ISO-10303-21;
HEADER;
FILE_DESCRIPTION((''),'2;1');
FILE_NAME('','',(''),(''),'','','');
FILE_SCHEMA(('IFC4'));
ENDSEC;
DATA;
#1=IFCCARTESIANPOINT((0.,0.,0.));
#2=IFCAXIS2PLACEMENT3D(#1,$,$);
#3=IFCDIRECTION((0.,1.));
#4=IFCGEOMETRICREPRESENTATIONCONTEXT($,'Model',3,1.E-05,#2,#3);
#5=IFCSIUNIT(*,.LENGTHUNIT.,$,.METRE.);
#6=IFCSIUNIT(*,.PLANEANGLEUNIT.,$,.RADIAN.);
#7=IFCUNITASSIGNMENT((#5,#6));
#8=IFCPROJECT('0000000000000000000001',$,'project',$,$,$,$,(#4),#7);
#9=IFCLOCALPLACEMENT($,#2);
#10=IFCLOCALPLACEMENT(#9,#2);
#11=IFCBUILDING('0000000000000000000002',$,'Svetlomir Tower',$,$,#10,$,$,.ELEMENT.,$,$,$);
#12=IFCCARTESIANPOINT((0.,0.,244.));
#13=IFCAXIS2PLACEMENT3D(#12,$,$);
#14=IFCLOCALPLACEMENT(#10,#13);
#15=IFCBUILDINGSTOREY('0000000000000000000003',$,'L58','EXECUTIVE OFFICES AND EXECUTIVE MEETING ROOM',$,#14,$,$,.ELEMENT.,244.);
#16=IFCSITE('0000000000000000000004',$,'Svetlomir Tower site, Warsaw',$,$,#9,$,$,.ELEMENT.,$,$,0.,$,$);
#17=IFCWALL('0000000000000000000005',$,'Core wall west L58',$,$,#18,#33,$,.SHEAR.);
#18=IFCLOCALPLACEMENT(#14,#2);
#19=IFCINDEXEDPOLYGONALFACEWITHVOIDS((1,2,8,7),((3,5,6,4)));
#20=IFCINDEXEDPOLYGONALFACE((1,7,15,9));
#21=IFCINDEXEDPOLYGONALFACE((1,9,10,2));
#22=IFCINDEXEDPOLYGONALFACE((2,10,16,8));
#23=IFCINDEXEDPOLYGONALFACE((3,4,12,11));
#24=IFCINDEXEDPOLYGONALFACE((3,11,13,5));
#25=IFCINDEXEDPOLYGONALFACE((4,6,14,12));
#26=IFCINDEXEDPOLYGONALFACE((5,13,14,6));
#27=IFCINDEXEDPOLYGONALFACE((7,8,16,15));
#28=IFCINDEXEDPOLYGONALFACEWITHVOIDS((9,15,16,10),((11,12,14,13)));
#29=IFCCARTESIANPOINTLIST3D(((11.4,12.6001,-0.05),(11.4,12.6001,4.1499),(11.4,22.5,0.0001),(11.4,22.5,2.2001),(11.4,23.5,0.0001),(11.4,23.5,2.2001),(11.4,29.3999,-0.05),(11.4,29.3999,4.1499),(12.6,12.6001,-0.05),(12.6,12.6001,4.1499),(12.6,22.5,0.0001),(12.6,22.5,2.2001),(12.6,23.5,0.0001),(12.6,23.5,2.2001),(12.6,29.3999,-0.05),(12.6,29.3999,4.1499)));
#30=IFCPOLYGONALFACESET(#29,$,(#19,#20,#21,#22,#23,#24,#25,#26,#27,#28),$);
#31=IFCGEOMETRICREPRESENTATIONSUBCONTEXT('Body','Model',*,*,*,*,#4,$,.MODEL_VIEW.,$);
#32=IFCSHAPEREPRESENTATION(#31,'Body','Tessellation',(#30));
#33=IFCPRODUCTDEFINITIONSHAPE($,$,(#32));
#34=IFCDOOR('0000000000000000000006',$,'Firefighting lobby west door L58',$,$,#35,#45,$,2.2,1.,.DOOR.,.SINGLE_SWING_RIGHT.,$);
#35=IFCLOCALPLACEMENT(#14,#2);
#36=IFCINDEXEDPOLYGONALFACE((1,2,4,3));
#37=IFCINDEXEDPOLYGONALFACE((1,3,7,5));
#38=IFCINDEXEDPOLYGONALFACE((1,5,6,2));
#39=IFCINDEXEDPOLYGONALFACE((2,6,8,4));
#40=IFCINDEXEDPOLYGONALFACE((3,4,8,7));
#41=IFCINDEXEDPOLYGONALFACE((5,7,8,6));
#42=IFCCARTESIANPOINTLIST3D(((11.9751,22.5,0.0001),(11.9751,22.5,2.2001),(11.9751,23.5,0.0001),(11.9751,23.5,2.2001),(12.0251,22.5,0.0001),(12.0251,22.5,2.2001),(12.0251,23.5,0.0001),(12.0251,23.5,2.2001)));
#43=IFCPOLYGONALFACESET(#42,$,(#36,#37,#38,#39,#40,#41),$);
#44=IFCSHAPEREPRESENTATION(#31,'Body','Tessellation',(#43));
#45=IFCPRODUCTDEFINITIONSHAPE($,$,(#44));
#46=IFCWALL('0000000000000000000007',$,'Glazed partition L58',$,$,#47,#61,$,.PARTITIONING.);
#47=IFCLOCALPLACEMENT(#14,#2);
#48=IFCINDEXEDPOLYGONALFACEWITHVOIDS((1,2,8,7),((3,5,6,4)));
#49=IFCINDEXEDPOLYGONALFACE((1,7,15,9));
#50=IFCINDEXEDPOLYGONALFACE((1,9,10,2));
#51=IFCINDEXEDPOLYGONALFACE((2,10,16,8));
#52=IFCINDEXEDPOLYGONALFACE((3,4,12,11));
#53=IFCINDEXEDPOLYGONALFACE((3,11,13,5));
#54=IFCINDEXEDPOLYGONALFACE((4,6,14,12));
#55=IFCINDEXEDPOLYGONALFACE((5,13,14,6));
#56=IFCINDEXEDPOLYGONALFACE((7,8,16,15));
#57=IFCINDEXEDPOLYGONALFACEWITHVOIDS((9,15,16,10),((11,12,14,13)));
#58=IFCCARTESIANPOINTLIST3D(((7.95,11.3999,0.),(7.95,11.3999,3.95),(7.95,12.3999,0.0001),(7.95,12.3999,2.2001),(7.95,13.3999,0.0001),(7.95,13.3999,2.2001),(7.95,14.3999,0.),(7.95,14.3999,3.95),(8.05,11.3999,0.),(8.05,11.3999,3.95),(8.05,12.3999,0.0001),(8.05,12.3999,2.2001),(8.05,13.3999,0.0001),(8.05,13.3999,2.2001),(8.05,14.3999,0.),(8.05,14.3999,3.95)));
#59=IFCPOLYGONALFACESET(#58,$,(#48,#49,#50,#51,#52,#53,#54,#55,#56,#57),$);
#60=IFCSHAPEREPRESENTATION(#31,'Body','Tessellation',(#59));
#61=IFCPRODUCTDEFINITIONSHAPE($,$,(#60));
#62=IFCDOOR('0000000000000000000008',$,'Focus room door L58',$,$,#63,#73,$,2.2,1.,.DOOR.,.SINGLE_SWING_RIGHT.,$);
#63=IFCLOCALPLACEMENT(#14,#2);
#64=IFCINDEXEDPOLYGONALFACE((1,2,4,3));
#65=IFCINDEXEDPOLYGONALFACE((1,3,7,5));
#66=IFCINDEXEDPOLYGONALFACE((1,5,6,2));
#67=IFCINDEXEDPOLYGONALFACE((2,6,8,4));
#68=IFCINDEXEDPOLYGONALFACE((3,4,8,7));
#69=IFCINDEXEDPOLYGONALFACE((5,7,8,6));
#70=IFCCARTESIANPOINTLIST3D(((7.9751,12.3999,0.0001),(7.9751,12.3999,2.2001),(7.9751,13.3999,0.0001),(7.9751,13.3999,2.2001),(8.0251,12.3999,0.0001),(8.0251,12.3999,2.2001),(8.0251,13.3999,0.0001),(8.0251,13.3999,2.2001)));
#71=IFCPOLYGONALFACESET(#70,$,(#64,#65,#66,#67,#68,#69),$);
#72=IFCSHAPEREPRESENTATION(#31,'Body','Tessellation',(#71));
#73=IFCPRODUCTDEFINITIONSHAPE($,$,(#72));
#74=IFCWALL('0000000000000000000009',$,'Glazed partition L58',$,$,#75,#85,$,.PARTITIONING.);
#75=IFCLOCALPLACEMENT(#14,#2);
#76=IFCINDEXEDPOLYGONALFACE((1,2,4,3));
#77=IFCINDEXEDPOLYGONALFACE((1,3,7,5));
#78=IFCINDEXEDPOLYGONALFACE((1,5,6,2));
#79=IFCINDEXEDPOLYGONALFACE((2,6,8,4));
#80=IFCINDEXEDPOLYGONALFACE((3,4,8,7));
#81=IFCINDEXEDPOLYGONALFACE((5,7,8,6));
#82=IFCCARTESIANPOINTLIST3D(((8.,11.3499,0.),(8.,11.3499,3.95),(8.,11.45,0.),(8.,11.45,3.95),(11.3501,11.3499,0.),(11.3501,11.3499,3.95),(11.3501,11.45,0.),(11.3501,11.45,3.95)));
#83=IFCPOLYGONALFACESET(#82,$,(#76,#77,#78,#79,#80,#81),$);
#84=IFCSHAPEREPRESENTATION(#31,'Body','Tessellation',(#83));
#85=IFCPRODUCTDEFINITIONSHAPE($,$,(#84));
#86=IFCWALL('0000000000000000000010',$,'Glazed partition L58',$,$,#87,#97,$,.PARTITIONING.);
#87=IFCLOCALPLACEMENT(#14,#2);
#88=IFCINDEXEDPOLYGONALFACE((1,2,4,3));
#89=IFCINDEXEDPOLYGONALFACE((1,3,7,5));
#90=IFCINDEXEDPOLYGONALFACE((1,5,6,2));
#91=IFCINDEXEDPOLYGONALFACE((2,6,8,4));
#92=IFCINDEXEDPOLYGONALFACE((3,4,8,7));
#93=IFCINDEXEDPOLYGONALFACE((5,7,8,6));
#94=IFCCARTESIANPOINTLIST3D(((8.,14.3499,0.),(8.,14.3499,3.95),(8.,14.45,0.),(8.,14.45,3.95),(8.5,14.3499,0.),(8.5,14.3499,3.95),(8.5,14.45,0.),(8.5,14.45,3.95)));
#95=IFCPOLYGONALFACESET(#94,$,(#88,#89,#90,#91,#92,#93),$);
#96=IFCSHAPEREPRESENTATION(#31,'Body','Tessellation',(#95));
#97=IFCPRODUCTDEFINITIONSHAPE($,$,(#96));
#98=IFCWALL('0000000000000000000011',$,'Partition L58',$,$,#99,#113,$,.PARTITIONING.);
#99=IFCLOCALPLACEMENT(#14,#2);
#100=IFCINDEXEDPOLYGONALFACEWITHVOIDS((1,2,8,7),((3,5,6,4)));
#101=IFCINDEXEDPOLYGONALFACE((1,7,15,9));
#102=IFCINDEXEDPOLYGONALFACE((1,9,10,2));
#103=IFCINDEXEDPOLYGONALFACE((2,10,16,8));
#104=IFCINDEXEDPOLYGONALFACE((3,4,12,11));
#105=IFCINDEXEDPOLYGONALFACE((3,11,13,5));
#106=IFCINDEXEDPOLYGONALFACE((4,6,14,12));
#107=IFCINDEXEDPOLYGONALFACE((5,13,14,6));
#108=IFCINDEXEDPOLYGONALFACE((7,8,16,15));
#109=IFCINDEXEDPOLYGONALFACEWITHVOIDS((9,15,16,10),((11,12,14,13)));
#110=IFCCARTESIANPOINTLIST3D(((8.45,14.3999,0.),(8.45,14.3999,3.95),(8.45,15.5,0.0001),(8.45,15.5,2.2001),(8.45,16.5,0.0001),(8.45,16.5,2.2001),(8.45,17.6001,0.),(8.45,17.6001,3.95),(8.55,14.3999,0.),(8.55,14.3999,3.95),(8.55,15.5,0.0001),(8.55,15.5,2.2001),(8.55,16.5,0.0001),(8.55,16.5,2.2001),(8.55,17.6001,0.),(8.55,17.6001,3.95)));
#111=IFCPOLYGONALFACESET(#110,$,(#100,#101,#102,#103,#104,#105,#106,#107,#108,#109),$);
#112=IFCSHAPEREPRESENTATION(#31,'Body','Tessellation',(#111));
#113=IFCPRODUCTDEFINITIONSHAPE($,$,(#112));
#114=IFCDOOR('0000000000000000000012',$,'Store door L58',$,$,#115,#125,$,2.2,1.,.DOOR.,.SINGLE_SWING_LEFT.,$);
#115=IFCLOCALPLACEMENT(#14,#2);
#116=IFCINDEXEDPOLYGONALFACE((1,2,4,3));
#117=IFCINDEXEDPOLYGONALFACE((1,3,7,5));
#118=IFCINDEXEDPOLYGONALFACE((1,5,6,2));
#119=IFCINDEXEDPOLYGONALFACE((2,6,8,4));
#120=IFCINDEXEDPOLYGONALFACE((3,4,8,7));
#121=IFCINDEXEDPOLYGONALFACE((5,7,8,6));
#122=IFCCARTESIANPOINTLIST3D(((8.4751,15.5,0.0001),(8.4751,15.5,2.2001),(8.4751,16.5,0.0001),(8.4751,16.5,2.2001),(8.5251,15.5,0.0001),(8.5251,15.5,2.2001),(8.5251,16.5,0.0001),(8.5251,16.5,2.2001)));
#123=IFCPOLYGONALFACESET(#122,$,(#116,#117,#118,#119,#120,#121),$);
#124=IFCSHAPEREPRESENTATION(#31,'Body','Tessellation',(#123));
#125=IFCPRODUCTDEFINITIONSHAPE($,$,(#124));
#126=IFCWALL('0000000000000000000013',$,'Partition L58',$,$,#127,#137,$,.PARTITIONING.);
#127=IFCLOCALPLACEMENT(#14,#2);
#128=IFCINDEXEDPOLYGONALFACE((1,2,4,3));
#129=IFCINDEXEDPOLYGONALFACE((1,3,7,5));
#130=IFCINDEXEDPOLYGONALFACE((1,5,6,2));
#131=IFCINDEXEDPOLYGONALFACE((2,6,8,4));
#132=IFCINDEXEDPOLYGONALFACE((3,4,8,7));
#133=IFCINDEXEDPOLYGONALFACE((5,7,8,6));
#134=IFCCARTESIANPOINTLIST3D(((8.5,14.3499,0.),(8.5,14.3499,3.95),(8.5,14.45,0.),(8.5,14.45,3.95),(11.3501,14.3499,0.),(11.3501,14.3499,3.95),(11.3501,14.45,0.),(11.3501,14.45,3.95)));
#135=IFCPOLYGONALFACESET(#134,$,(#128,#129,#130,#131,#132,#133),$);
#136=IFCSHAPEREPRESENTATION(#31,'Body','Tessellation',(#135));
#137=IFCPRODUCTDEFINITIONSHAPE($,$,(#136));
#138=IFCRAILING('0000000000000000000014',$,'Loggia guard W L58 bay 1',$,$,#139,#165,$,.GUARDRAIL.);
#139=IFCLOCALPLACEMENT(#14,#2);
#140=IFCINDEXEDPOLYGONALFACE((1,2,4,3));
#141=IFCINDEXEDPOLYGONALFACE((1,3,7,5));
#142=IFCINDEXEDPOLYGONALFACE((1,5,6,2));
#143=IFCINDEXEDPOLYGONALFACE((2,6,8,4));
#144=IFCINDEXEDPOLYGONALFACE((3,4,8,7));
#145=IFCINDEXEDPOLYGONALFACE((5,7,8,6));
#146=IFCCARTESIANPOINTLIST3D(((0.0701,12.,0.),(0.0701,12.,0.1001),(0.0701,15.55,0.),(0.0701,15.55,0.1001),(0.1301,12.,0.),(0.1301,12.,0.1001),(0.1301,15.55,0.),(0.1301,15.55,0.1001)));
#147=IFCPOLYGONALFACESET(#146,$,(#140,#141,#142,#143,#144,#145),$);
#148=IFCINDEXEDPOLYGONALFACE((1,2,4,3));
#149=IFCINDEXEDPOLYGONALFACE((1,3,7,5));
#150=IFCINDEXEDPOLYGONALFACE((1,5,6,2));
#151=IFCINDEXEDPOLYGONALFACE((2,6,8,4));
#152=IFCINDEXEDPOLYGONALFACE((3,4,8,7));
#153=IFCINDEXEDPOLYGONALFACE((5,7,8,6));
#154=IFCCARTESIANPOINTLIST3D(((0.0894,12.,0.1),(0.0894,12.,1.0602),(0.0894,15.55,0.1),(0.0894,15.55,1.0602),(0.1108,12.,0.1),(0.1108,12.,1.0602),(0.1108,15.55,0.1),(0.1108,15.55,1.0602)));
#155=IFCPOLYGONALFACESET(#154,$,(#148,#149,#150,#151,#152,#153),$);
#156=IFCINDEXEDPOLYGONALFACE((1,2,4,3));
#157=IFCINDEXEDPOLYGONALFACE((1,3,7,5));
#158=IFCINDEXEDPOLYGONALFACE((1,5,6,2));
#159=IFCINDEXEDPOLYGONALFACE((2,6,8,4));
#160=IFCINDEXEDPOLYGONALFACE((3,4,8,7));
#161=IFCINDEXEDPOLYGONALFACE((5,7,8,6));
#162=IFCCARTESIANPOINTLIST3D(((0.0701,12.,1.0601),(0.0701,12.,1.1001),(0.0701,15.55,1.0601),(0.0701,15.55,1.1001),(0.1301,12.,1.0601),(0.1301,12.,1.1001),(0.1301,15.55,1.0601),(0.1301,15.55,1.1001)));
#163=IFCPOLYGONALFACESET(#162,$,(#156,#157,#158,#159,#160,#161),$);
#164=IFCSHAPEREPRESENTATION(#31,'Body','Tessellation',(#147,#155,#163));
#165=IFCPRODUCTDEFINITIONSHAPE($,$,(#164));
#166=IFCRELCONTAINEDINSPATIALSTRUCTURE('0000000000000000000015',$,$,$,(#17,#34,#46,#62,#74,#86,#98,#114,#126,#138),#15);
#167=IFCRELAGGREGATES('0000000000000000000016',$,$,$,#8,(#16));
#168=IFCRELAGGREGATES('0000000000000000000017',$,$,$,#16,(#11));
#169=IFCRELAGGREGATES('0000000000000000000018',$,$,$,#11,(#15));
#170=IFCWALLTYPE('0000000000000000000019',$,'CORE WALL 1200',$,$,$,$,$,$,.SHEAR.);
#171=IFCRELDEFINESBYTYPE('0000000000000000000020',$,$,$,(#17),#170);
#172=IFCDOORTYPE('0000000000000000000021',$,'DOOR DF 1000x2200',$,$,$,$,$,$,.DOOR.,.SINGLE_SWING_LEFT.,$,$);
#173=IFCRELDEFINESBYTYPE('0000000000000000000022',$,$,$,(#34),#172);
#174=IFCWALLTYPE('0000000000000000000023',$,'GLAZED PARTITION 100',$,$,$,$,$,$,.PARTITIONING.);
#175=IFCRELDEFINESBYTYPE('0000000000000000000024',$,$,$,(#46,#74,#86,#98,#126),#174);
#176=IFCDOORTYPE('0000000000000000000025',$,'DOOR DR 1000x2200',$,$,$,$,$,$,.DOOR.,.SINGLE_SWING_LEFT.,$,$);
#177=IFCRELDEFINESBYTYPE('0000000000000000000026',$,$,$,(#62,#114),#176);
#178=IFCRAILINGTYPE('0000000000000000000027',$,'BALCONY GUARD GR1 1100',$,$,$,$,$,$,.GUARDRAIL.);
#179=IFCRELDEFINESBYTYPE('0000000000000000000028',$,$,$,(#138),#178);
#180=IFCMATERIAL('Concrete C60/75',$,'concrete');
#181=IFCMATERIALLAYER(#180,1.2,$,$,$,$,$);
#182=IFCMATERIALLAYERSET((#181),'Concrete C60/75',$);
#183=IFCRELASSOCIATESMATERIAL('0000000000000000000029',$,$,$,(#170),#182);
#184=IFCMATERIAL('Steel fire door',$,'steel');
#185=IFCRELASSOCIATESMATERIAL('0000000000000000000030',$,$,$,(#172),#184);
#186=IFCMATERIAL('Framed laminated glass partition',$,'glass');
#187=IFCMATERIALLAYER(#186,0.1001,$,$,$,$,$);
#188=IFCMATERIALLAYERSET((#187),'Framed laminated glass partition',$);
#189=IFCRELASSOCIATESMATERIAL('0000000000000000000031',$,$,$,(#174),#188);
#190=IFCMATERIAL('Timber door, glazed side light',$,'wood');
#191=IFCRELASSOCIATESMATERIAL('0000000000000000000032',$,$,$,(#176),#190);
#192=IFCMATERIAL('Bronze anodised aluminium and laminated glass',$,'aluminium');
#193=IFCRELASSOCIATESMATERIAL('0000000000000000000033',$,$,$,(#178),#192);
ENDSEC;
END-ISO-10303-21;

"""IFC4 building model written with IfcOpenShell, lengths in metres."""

from ifc_helpers import new_model, si_unit, direction, frame, frame_2d, origin, origin_2d, place, context, subcontext, project, spatial, rectangle, extrude, material, layer, layer_set, type_object, element, fill, save


model = new_model("IFC4")

# Units and contexts
model_context = context("Model", 3, precision=1e-05, world=origin(), true_north=direction((0.0, 1.0)))
body_context = subcontext(model_context, "Body", "Model", "MODEL_VIEW")
ifc_project = project(units=[si_unit("LENGTHUNIT", "METRE"), si_unit("PLANEANGLEUNIT", "RADIAN")], contexts=[model_context])

# Site, building, storey
site_placement = place(None, origin())
site = spatial("IfcSite", under=ifc_project, at=site_placement, Name="Svetlomir Tower site, Warsaw", CompositionType="ELEMENT", RefElevation=0.0)
building_placement = place(site_placement, origin())
building = spatial("IfcBuilding", under=site, at=building_placement, Name="Svetlomir Tower", CompositionType="ELEMENT")
storey_placement = place(building_placement, frame((0.0, 0.0, 244.0)))
storey = spatial("IfcBuildingStorey", under=building, at=storey_placement, Name="L58", Description="EXECUTIVE OFFICES AND EXECUTIVE MEETING ROOM", CompositionType="ELEMENT", Elevation=244.0)

# Walls, openings, doors
ifc_material_1 = material(Name="Concrete C60/75", Category="concrete")
ifc_layer_1 = layer(ifc_material_1, 1.2)
ifc_layer_set_1 = layer_set([ifc_layer_1], Name="Concrete C60/75")
wall_type_1 = type_object("IfcWallType", Name="CORE WALL 1200", PredefinedType="SHEAR", material=ifc_layer_set_1)
wall_1_placement = place(storey_placement, frame((12.0, 12.6001, -0.05), z_axis=(0.0, 0.0, 1.0), x_axis=(0.0, 1.0, 0.0)))
wall_1 = element("IfcWall", 1, at=wall_1_placement, inside=storey, type_object=wall_type_1, Name="Core wall west L58", PredefinedType="SHEAR", context=body_context, shape_type="SweptSolid", body=[
    extrude(rectangle(XDim=16.7998, YDim=1.2, at=frame_2d((8.3999, 0.0))), origin(), (0.0, 0.0, 1.0), 4.2),
])
opening_1_placement = place(wall_1_placement, frame((9.8999, 0.0, 0.05)))
opening_1 = element("IfcOpeningElement", 2, at=opening_1_placement, cuts=wall_1, PredefinedType="OPENING", context=body_context, shape_type="SweptSolid", body=[
    extrude(rectangle(XDim=1.0, YDim=2.2, at=frame_2d((0.5, 1.1001))), frame((0.0, 0.6099, 0.0), z_axis=(0.0, -1.0, 0.0), x_axis=(1.0, 0.0, 0.0)), (0.0, 0.0, 1.0), 1.22),
])
ifc_material_2 = material(Name="Steel fire door", Category="steel")
door_type_1 = type_object("IfcDoorType", Name="DOOR DF 1000x2200", OperationType="SINGLE_SWING_LEFT", PredefinedType="DOOR", material=ifc_material_2)
door_1_placement = place(opening_1_placement, origin())
door_1 = element("IfcDoor", 3, at=door_1_placement, inside=storey, type_object=door_type_1, Name="Firefighting lobby west door L58", OperationType="SINGLE_SWING_RIGHT", OverallHeight=2.2, OverallWidth=1.0, PredefinedType="DOOR", context=body_context, shape_type="SweptSolid", body=[
    extrude(rectangle(XDim=1.0, YDim=2.2, at=frame_2d((0.5, 1.1001))), frame((0.0, 0.0249, 0.0), z_axis=(0.0, -1.0, 0.0), x_axis=(1.0, 0.0, 0.0)), (0.0, 0.0, 1.0), 0.05),
])
fill(opening_1, door_1)
ifc_material_3 = material(Name="Framed laminated glass partition", Category="glass")
ifc_layer_2 = layer(ifc_material_3, 0.1001)
ifc_layer_set_2 = layer_set([ifc_layer_2], Name="Framed laminated glass partition")
wall_type_2 = type_object("IfcWallType", Name="GLAZED PARTITION 100", PredefinedType="PARTITIONING", material=ifc_layer_set_2)
wall_2_placement = place(storey_placement, frame((8.0, 11.3999, 0.0), z_axis=(0.0, 0.0, 1.0), x_axis=(0.0, 1.0, 0.0)))
wall_2 = element("IfcWall", 4, at=wall_2_placement, inside=storey, type_object=wall_type_2, Name="Glazed partition L58", PredefinedType="PARTITIONING", context=body_context, shape_type="SweptSolid", body=[
    extrude(rectangle(XDim=3.0, YDim=0.1001, at=frame_2d((1.5, 0.0))), origin(), (0.0, 0.0, 1.0), 3.95),
])
opening_2_placement = place(wall_2_placement, frame((1.0, 0.0, 0.0)))
opening_2 = element("IfcOpeningElement", 5, at=opening_2_placement, cuts=wall_2, PredefinedType="OPENING", context=body_context, shape_type="SweptSolid", body=[
    extrude(rectangle(XDim=1.0, YDim=2.2, at=frame_2d((0.5, 1.1001))), frame((0.0, 0.0601, 0.0), z_axis=(0.0, -1.0, 0.0), x_axis=(1.0, 0.0, 0.0)), (0.0, 0.0, 1.0), 0.1201),
])
ifc_material_4 = material(Name="Timber door, glazed side light", Category="wood")
door_type_2 = type_object("IfcDoorType", Name="DOOR DR 1000x2200", OperationType="SINGLE_SWING_LEFT", PredefinedType="DOOR", material=ifc_material_4)
door_2_placement = place(opening_2_placement, origin())
door_2 = element("IfcDoor", 6, at=door_2_placement, inside=storey, type_object=door_type_2, Name="Focus room door L58", OperationType="SINGLE_SWING_RIGHT", OverallHeight=2.2, OverallWidth=1.0, PredefinedType="DOOR", context=body_context, shape_type="SweptSolid", body=[
    extrude(rectangle(XDim=1.0, YDim=2.2, at=frame_2d((0.5, 1.1001))), frame((0.0, 0.0249, 0.0), z_axis=(0.0, -1.0, 0.0), x_axis=(1.0, 0.0, 0.0)), (0.0, 0.0, 1.0), 0.05),
])
fill(opening_2, door_2)

# Walls
wall_3_placement = place(storey_placement, frame((8.0, 11.3999, 0.0), z_axis=(0.0, 0.0, 1.0), x_axis=(1.0, 0.0, 0.0)))
element("IfcWall", 7, at=wall_3_placement, inside=storey, type_object=wall_type_2, Name="Glazed partition L58", PredefinedType="PARTITIONING", context=body_context, shape_type="SweptSolid", body=[
    extrude(rectangle(XDim=3.3501, YDim=0.1001, at=frame_2d((1.675, 0.0))), origin(), (0.0, 0.0, 1.0), 3.95),
])
wall_4_placement = place(storey_placement, frame((8.0, 14.3999, 0.0), z_axis=(0.0, 0.0, 1.0), x_axis=(1.0, 0.0, 0.0)))
element("IfcWall", 8, at=wall_4_placement, inside=storey, type_object=wall_type_2, Name="Glazed partition L58", PredefinedType="PARTITIONING", context=body_context, shape_type="SweptSolid", body=[
    extrude(rectangle(XDim=0.5, YDim=0.1001, at=frame_2d((0.25, 0.0))), origin(), (0.0, 0.0, 1.0), 3.95),
])

# Wall, opening, door
wall_5_placement = place(storey_placement, frame((8.5, 14.3999, 0.0), z_axis=(0.0, 0.0, 1.0), x_axis=(0.0, 1.0, 0.0)))
wall_5 = element("IfcWall", 9, at=wall_5_placement, inside=storey, type_object=wall_type_2, Name="Partition L58", PredefinedType="PARTITIONING", context=body_context, shape_type="SweptSolid", body=[
    extrude(rectangle(XDim=3.2002, YDim=0.1001, at=frame_2d((1.6001, 0.0))), origin(), (0.0, 0.0, 1.0), 3.95),
])
opening_3_placement = place(wall_5_placement, frame((1.1001, 0.0, 0.0)))
opening_3 = element("IfcOpeningElement", 10, at=opening_3_placement, cuts=wall_5, PredefinedType="OPENING", context=body_context, shape_type="SweptSolid", body=[
    extrude(rectangle(XDim=1.0, YDim=2.2, at=frame_2d((0.5, 1.1001))), frame((0.0, 0.0601, 0.0), z_axis=(0.0, -1.0, 0.0), x_axis=(1.0, 0.0, 0.0)), (0.0, 0.0, 1.0), 0.1201),
])
door_3_placement = place(opening_3_placement, origin())
door_3 = element("IfcDoor", 11, at=door_3_placement, inside=storey, type_object=door_type_2, Name="Store door L58", OperationType="SINGLE_SWING_LEFT", OverallHeight=2.2, OverallWidth=1.0, PredefinedType="DOOR", context=body_context, shape_type="SweptSolid", body=[
    extrude(rectangle(XDim=1.0, YDim=2.2, at=frame_2d((0.5, 1.1001))), frame((0.0, 0.0249, 0.0), z_axis=(0.0, -1.0, 0.0), x_axis=(1.0, 0.0, 0.0)), (0.0, 0.0, 1.0), 0.05),
])
fill(opening_3, door_3)

# Wall
wall_6_placement = place(storey_placement, frame((8.5, 14.3999, 0.0), z_axis=(0.0, 0.0, 1.0), x_axis=(1.0, 0.0, 0.0)))
element("IfcWall", 12, at=wall_6_placement, inside=storey, type_object=wall_type_2, Name="Partition L58", PredefinedType="PARTITIONING", context=body_context, shape_type="SweptSolid", body=[
    extrude(rectangle(XDim=2.8501, YDim=0.1001, at=frame_2d((1.425, 0.0))), origin(), (0.0, 0.0, 1.0), 3.95),
])

# Railing
ifc_material_5 = material(Name="Bronze anodised aluminium and laminated glass", Category="aluminium")
railing_type = type_object("IfcRailingType", Name="BALCONY GUARD GR1 1100", PredefinedType="GUARDRAIL", material=ifc_material_5)
railing_1_placement = place(storey_placement, frame((0.1001, 12.0, 0.0)))
element("IfcRailing", 13, at=railing_1_placement, inside=storey, type_object=railing_type, Name="Loggia guard W L58 bay 1", PredefinedType="GUARDRAIL", context=body_context, shape_type="SweptSolid", body=[
    extrude(rectangle(XDim=0.0601, YDim=0.1001, at=origin_2d()), frame((0.0, 0.0, 0.05), z_axis=(0.0, 1.0, 0.0), x_axis=(-1.0, 0.0, 0.0)), (0.0, 0.0, 1.0), 3.55),
    extrude(rectangle(XDim=0.0215, YDim=0.9602, at=origin_2d()), frame((0.0, 0.0, 0.5801), z_axis=(0.0, 1.0, 0.0), x_axis=(-1.0, 0.0, 0.0)), (0.0, 0.0, 1.0), 3.55),
    extrude(rectangle(XDim=0.0601, YDim=0.04, at=origin_2d()), frame((0.0, 0.0, 1.0801), z_axis=(0.0, 1.0, 0.0), x_axis=(-1.0, 0.0, 0.0)), (0.0, 0.0, 1.0), 3.55),
])

save(model, "model.ifc")
